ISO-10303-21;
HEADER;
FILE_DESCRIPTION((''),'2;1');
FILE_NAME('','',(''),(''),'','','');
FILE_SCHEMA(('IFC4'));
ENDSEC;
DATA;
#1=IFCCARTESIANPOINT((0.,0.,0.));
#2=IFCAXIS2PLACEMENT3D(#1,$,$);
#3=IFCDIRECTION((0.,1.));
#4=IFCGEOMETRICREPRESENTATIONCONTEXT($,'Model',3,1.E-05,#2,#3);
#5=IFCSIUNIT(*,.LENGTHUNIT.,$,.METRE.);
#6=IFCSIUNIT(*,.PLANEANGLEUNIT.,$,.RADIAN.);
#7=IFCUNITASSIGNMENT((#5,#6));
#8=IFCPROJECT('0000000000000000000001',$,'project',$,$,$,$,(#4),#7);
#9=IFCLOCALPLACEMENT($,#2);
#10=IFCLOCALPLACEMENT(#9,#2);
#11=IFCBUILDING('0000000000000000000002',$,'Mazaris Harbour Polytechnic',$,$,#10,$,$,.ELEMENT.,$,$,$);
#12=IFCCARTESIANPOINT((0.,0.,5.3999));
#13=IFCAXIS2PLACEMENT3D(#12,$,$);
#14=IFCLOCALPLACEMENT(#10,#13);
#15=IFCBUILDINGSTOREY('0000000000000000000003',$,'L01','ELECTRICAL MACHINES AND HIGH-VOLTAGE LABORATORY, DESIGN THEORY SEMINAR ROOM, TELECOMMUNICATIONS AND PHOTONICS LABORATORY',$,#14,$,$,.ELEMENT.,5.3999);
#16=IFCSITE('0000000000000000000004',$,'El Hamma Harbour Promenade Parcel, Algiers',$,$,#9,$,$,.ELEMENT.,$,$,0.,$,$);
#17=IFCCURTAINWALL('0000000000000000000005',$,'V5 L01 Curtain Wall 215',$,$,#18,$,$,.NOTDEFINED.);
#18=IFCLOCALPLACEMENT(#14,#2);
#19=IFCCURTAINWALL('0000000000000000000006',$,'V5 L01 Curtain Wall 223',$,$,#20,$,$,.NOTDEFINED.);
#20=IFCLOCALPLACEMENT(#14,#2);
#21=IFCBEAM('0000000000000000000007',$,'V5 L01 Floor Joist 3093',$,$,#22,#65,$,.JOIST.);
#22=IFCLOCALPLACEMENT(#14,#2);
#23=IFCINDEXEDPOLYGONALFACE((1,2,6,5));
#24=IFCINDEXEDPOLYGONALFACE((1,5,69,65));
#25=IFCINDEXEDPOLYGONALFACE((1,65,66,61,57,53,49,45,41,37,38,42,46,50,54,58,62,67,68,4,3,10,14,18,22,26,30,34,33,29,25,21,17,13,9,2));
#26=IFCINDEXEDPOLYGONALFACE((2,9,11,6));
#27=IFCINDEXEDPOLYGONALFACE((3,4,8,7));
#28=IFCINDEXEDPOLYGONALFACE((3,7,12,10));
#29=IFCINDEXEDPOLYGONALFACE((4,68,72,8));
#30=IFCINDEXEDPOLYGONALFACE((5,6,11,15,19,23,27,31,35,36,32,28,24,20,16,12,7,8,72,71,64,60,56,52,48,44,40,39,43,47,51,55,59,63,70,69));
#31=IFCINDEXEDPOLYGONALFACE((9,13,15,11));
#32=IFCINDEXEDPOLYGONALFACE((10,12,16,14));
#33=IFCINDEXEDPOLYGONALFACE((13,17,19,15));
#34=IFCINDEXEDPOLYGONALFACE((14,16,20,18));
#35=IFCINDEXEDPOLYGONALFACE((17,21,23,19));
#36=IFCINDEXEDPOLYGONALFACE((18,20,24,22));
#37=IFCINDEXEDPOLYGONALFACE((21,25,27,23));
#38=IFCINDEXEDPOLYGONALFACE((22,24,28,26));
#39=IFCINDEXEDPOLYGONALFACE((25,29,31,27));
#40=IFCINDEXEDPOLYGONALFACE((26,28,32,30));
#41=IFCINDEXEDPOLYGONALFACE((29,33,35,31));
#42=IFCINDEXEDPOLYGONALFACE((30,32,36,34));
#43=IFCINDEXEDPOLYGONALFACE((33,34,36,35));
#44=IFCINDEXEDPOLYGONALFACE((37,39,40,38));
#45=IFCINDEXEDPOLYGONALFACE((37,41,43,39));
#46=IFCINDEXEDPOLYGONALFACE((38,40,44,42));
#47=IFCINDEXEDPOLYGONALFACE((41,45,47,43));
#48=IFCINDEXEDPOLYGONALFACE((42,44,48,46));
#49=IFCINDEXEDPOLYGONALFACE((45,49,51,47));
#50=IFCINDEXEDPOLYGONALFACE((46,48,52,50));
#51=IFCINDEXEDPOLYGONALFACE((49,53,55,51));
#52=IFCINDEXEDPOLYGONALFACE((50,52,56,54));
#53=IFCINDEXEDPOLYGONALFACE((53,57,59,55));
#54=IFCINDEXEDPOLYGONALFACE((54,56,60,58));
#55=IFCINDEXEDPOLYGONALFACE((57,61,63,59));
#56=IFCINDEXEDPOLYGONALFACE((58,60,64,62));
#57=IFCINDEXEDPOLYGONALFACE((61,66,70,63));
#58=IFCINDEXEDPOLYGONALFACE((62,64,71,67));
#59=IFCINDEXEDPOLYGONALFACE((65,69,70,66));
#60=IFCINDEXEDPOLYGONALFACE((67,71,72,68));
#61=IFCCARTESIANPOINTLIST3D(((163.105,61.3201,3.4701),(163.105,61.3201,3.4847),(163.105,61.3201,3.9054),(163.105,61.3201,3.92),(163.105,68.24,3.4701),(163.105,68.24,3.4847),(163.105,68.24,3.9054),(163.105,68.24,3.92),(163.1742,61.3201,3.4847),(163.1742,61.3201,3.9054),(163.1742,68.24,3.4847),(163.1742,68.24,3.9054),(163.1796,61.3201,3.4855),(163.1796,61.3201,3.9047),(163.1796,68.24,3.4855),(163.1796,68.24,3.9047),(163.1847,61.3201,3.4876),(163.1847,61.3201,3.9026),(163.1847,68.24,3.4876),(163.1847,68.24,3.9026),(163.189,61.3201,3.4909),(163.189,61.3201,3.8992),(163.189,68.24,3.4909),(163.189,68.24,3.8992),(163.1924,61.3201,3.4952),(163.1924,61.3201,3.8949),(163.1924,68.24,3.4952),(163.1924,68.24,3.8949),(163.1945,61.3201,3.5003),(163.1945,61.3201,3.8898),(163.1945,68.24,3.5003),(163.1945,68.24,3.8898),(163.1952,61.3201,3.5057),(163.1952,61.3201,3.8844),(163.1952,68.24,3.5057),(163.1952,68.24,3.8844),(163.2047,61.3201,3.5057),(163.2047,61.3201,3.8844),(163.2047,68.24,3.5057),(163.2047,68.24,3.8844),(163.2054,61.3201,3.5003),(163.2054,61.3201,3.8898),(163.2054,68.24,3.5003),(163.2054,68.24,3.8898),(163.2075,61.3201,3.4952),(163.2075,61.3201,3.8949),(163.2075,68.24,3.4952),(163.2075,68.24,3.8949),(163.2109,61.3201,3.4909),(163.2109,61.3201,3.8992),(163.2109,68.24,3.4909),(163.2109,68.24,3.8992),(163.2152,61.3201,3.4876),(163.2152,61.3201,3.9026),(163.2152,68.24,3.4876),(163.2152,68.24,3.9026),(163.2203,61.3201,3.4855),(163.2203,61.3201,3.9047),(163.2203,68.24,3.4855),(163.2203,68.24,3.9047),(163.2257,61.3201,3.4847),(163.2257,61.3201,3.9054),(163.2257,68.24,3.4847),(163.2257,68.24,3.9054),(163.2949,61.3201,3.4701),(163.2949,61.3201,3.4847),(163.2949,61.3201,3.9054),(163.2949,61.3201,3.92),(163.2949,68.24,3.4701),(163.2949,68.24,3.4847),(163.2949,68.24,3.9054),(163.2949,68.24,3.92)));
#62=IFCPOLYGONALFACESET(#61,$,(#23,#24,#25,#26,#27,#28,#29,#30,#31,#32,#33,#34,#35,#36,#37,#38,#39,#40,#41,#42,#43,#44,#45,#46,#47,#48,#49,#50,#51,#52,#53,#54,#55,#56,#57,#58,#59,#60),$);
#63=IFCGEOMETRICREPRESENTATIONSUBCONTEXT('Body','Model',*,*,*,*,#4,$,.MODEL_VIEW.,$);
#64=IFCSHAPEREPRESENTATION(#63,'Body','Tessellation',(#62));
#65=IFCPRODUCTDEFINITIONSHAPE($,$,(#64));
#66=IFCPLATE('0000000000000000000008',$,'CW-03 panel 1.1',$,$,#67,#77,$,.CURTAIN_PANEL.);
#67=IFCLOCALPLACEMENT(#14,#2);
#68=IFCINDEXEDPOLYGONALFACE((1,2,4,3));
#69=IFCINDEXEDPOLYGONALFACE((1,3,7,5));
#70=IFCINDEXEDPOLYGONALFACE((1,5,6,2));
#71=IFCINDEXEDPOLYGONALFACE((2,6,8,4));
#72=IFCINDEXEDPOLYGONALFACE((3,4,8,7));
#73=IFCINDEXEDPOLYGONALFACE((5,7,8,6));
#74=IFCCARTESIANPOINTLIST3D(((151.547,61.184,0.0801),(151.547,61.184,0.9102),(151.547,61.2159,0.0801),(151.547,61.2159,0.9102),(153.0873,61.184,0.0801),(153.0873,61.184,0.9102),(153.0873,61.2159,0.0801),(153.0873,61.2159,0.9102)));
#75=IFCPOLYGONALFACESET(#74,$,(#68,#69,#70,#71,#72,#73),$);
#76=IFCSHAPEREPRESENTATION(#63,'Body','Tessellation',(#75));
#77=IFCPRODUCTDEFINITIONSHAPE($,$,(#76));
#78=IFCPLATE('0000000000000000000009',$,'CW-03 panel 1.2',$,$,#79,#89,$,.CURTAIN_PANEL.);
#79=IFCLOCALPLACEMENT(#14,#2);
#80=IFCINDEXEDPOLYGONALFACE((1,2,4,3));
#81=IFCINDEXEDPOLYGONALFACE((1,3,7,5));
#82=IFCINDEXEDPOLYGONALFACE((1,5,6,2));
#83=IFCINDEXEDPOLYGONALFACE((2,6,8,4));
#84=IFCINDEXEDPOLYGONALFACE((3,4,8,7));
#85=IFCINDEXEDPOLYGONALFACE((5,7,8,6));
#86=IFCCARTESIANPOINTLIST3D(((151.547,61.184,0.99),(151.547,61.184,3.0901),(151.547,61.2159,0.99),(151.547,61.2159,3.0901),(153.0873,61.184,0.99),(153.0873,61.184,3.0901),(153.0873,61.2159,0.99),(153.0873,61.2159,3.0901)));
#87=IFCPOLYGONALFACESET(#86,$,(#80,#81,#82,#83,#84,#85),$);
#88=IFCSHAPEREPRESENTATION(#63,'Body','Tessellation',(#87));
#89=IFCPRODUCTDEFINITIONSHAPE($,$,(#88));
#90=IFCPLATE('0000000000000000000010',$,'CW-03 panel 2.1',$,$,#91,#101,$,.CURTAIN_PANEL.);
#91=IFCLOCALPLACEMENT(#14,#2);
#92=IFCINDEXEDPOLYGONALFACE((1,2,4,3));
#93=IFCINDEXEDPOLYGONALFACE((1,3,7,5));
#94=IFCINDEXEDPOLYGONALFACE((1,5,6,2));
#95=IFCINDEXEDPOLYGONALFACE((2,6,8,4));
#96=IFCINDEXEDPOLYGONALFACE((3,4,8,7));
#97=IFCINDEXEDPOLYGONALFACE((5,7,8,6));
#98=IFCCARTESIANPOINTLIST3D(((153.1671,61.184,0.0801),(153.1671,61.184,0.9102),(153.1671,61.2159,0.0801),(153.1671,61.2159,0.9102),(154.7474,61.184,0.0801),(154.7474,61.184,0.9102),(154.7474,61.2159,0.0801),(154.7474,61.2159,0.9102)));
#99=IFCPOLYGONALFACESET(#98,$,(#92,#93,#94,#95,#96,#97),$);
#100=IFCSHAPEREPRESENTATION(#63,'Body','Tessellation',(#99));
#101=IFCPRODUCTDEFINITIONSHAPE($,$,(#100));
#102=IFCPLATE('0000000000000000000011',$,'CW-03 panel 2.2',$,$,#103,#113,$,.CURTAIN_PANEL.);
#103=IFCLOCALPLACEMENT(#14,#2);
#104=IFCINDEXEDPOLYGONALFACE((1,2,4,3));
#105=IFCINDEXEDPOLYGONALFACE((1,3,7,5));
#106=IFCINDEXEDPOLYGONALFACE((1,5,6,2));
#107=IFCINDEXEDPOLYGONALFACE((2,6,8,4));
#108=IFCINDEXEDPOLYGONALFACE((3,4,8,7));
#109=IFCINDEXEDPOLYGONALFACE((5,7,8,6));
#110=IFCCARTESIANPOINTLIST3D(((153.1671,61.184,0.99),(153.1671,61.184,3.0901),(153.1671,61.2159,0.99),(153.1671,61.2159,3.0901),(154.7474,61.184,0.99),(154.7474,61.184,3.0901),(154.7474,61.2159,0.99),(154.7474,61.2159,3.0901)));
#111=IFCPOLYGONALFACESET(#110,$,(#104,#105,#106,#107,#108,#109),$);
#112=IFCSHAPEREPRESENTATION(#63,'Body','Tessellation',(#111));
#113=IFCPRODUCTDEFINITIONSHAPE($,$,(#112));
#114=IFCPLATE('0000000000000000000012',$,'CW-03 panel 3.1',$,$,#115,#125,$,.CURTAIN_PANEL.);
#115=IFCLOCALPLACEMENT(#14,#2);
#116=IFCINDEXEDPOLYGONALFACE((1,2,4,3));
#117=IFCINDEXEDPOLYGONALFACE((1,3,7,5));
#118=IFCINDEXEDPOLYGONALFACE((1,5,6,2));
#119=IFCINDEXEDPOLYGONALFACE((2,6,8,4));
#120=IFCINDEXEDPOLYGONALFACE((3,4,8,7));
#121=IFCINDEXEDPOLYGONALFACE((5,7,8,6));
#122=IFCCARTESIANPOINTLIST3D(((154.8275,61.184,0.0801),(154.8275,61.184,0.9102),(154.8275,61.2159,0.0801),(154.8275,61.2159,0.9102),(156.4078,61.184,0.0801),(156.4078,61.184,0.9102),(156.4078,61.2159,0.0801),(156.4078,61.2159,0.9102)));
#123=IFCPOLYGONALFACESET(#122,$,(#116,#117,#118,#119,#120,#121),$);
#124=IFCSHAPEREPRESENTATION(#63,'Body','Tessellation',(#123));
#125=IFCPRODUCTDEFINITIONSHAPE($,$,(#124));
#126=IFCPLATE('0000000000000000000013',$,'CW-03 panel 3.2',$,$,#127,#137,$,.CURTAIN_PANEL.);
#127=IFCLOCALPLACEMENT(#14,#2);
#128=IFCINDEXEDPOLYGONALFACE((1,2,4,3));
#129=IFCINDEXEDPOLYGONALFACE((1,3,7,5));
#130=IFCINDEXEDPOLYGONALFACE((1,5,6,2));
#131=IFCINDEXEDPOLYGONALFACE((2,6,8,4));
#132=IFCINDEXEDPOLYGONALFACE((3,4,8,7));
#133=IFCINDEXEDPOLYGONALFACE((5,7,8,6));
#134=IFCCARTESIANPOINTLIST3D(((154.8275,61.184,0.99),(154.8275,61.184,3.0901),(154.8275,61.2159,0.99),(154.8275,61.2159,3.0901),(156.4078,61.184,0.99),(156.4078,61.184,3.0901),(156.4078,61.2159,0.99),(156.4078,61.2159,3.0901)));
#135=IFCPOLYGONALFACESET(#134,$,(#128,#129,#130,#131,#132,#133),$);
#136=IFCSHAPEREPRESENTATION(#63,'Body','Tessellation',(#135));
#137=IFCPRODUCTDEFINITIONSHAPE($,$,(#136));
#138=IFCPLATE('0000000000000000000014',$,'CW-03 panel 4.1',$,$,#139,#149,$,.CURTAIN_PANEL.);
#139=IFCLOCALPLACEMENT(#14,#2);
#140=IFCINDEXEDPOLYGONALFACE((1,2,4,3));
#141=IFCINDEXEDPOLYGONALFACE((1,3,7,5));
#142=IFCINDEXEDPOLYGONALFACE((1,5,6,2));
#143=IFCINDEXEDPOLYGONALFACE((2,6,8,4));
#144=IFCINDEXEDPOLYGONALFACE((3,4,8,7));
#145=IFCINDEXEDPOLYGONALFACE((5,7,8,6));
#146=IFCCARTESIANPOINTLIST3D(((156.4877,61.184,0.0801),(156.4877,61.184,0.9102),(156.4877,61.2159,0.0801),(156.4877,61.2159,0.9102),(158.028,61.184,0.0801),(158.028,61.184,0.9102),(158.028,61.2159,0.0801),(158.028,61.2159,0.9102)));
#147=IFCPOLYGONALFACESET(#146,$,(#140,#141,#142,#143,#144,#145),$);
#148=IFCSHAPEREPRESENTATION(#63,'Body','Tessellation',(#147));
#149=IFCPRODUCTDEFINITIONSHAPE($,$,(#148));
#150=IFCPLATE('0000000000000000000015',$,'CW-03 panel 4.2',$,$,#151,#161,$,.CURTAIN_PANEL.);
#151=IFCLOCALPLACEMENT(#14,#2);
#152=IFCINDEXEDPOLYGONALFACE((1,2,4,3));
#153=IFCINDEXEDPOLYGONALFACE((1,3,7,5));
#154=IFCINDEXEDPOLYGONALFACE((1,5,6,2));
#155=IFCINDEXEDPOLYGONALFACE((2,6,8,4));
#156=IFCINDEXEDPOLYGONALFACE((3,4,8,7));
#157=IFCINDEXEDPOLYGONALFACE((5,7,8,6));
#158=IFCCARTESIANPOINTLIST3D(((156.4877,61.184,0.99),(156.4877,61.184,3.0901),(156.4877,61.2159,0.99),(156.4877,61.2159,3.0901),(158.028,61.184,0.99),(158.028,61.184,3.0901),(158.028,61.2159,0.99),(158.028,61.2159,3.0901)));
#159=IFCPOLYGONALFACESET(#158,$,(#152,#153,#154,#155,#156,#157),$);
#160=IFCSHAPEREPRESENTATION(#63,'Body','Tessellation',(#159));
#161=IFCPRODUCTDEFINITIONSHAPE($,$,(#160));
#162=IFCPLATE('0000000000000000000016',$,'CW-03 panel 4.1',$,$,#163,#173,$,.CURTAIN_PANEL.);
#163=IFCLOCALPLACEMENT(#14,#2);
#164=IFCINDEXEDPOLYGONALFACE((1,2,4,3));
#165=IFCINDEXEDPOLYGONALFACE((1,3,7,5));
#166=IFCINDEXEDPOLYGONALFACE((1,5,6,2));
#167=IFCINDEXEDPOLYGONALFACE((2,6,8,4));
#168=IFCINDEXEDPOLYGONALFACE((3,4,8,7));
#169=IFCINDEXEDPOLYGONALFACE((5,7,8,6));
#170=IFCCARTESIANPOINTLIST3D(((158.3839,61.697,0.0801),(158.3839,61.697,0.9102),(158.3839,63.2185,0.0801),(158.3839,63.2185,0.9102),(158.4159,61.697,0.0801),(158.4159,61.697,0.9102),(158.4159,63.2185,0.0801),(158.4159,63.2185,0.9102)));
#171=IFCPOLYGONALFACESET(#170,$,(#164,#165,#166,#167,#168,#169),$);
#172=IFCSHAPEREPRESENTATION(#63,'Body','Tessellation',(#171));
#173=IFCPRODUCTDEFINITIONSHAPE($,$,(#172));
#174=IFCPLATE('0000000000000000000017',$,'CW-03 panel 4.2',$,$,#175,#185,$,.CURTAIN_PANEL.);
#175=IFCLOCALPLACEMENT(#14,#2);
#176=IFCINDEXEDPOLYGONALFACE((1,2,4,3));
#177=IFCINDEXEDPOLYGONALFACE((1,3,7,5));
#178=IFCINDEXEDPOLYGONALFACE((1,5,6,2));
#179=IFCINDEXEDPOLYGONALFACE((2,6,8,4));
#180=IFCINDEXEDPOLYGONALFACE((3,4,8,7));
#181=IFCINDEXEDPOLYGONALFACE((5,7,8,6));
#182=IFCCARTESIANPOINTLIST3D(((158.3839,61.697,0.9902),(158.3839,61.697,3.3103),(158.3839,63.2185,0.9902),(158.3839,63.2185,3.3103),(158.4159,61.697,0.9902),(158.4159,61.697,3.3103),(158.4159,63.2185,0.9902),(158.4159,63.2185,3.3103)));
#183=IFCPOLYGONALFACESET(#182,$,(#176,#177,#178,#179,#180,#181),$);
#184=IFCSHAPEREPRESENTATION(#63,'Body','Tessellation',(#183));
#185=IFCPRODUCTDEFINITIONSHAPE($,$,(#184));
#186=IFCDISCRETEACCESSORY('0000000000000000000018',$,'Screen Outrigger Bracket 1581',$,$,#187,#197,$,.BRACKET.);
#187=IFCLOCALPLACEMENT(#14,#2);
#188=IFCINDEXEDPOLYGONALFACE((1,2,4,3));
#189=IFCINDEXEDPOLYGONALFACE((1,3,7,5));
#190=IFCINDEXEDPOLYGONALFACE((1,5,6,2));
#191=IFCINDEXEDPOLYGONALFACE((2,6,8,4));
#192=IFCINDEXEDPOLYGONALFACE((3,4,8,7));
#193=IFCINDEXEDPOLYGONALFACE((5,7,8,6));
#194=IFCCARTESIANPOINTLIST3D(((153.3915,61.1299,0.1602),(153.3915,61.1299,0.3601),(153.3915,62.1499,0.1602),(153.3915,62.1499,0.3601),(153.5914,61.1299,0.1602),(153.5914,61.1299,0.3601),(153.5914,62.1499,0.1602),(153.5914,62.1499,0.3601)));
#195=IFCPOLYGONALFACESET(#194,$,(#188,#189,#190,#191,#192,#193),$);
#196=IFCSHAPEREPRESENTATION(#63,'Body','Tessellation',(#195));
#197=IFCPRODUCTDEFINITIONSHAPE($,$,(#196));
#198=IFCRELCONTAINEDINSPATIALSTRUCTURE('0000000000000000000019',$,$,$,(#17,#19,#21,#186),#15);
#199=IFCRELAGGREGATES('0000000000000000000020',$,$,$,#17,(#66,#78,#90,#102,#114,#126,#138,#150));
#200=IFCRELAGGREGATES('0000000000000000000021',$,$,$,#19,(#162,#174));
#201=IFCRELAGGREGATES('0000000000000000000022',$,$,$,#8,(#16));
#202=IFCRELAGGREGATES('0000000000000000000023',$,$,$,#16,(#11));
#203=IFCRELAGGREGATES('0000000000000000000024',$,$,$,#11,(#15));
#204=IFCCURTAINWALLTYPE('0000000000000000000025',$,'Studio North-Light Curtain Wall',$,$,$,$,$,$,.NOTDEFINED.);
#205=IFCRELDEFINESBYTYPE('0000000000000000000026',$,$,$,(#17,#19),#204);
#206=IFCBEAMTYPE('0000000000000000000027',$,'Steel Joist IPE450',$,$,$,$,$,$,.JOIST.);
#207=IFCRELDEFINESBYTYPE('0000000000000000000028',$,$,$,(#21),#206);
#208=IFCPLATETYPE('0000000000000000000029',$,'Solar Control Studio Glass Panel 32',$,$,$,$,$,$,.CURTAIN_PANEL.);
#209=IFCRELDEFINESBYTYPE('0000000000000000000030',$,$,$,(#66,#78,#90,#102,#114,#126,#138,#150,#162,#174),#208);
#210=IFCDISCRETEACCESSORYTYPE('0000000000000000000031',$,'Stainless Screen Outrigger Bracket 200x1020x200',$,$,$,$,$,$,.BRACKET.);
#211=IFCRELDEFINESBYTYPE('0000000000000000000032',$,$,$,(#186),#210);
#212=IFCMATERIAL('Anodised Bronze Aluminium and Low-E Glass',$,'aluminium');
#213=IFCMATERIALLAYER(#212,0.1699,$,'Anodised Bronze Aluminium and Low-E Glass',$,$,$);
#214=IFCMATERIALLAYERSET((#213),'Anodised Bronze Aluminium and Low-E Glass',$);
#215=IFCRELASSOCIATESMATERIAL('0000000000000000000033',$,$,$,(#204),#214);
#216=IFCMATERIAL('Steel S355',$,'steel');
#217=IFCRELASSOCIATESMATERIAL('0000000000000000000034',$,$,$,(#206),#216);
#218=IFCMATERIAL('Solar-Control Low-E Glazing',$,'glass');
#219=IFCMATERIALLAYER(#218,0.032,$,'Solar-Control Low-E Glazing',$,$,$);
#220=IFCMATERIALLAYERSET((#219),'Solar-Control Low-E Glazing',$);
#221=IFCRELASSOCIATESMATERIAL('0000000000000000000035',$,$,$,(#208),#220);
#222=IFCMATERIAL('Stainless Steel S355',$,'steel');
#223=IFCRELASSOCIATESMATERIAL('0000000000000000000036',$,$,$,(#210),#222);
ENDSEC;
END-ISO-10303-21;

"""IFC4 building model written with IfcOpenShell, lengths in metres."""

from ifc_helpers import new_model, si_unit, direction, frame, origin, origin_2d, place, context, subcontext, project, spatial, rectangle, i_section, extrude, material, layer, layer_set, material_profile, profile_set, type_object, element, aggregate, save


model = new_model("IFC4")

# Units and contexts
model_context = context("Model", 3, precision=1e-05, world=origin(), true_north=direction((0.0, 1.0)))
body_context = subcontext(model_context, "Body", "Model", "MODEL_VIEW")
ifc_project = project(units=[si_unit("LENGTHUNIT", "METRE"), si_unit("PLANEANGLEUNIT", "RADIAN")], contexts=[model_context])

# Site, building, storey
site_placement = place(None, origin())
site = spatial("IfcSite", under=ifc_project, at=site_placement, Name="El Hamma Harbour Promenade Parcel, Algiers", CompositionType="ELEMENT", RefElevation=0.0)
building_placement = place(site_placement, origin())
building = spatial("IfcBuilding", under=site, at=building_placement, Name="Mazaris Harbour Polytechnic", CompositionType="ELEMENT")
storey_placement = place(building_placement, frame((0.0, 0.0, 5.3999)))
storey = spatial("IfcBuildingStorey", under=building, at=storey_placement, Name="L01", Description="ELECTRICAL MACHINES AND HIGH-VOLTAGE LABORATORY, DESIGN THEORY SEMINAR ROOM, TELECOMMUNICATIONS AND PHOTONICS LABORATORY", CompositionType="ELEMENT", Elevation=5.3999)

# Curtain wall
ifc_material_1 = material(Name="Anodised Bronze Aluminium and Low-E Glass", Category="aluminium")
ifc_layer_1 = layer(ifc_material_1, 0.1699, Name="Anodised Bronze Aluminium and Low-E Glass")
ifc_layer_set_1 = layer_set([ifc_layer_1], Name="Anodised Bronze Aluminium and Low-E Glass")
curtain_wall_type = type_object("IfcCurtainWallType", Name="Studio North-Light Curtain Wall", PredefinedType="NOTDEFINED", material=ifc_layer_set_1)
curtain_wall_1_placement = place(storey_placement, origin())
curtain_wall_1 = element("IfcCurtainWall", 1, at=curtain_wall_1_placement, inside=storey, type_object=curtain_wall_type, Name="V5 L01 Curtain Wall 215", PredefinedType="NOTDEFINED")

# Curtain wall
curtain_wall_2_placement = place(storey_placement, origin())
curtain_wall_2 = element("IfcCurtainWall", 2, at=curtain_wall_2_placement, inside=storey, type_object=curtain_wall_type, Name="V5 L01 Curtain Wall 223", PredefinedType="NOTDEFINED")

# Beam
ifc_material_2 = material(Name="Steel S355", Category="steel")
ifc_material_profile_1 = material_profile(ifc_material_2, i_section(OverallWidth=0.1899, OverallDepth=0.45, WebThickness=0.0095, FlangeThickness=0.0146, FilletRadius=0.021, at=origin_2d()), Name="IPE 450")
ifc_profile_set_1 = profile_set([ifc_material_profile_1], Name="Steel S355")
beam_type_1 = type_object("IfcBeamType", Name="Steel Joist IPE450", PredefinedType="JOIST", material=ifc_profile_set_1)
beam_1_placement = place(storey_placement, frame((163.2, 61.3201, 3.6951), z_axis=(0.0, 1.0, 0.0), x_axis=(-1.0, 0.0, 0.0)))
element("IfcBeam", 3, at=beam_1_placement, inside=storey, type_object=beam_type_1, Name="V5 L01 Floor Joist 3093", PredefinedType="JOIST", context=body_context, shape_type="SweptSolid", body=[
    extrude(i_section(OverallWidth=0.1899, OverallDepth=0.45, WebThickness=0.0095, FlangeThickness=0.0146, FilletRadius=0.021, at=origin_2d()), origin(), (0.0, 0.0, 1.0), 6.9199),
])

# Plates
ifc_material_3 = material(Name="Solar-Control Low-E Glazing", Category="glass")
ifc_layer_2 = layer(ifc_material_3, 0.032, Name="Solar-Control Low-E Glazing")
ifc_layer_set_2 = layer_set([ifc_layer_2], Name="Solar-Control Low-E Glazing")
plate_type = type_object("IfcPlateType", Name="Solar Control Studio Glass Panel 32", PredefinedType="CURTAIN_PANEL", material=ifc_layer_set_2)
plate_1_placement = place(storey_placement, frame((152.3171, 61.2, 0.0801), z_axis=(0.0, 0.0, 1.0), x_axis=(1.0, 0.0, 0.0)))
plate_1 = element("IfcPlate", 4, at=plate_1_placement, type_object=plate_type, Name="CW-03 panel 1.1", PredefinedType="CURTAIN_PANEL", context=body_context, shape_type="SweptSolid", body=[
    extrude(rectangle(XDim=1.5403, YDim=0.032, at=origin_2d()), origin(), (0.0, 0.0, 1.0), 0.8301),
])
plate_2_placement = place(storey_placement, frame((152.3171, 61.2, 0.99), z_axis=(0.0, 0.0, 1.0), x_axis=(1.0, 0.0, 0.0)))
plate_2 = element("IfcPlate", 5, at=plate_2_placement, type_object=plate_type, Name="CW-03 panel 1.2", PredefinedType="CURTAIN_PANEL", context=body_context, shape_type="SweptSolid", body=[
    extrude(rectangle(XDim=1.5403, YDim=0.032, at=origin_2d()), origin(), (0.0, 0.0, 1.0), 2.1001),
])
plate_3_placement = place(storey_placement, frame((153.9573, 61.2, 0.0801), z_axis=(0.0, 0.0, 1.0), x_axis=(1.0, 0.0, 0.0)))
plate_3 = element("IfcPlate", 6, at=plate_3_placement, type_object=plate_type, Name="CW-03 panel 2.1", PredefinedType="CURTAIN_PANEL", context=body_context, shape_type="SweptSolid", body=[
    extrude(rectangle(XDim=1.5803, YDim=0.032, at=origin_2d()), origin(), (0.0, 0.0, 1.0), 0.8301),
])
plate_4_placement = place(storey_placement, frame((153.9573, 61.2, 0.99), z_axis=(0.0, 0.0, 1.0), x_axis=(1.0, 0.0, 0.0)))
plate_4 = element("IfcPlate", 7, at=plate_4_placement, type_object=plate_type, Name="CW-03 panel 2.2", PredefinedType="CURTAIN_PANEL", context=body_context, shape_type="SweptSolid", body=[
    extrude(rectangle(XDim=1.5803, YDim=0.032, at=origin_2d()), origin(), (0.0, 0.0, 1.0), 2.1001),
])
plate_5_placement = place(storey_placement, frame((155.6177, 61.2, 0.0801), z_axis=(0.0, 0.0, 1.0), x_axis=(1.0, 0.0, 0.0)))
plate_5 = element("IfcPlate", 8, at=plate_5_placement, type_object=plate_type, Name="CW-03 panel 3.1", PredefinedType="CURTAIN_PANEL", context=body_context, shape_type="SweptSolid", body=[
    extrude(rectangle(XDim=1.5803, YDim=0.032, at=origin_2d()), origin(), (0.0, 0.0, 1.0), 0.8301),
])
plate_6_placement = place(storey_placement, frame((155.6177, 61.2, 0.99), z_axis=(0.0, 0.0, 1.0), x_axis=(1.0, 0.0, 0.0)))
plate_6 = element("IfcPlate", 9, at=plate_6_placement, type_object=plate_type, Name="CW-03 panel 3.2", PredefinedType="CURTAIN_PANEL", context=body_context, shape_type="SweptSolid", body=[
    extrude(rectangle(XDim=1.5803, YDim=0.032, at=origin_2d()), origin(), (0.0, 0.0, 1.0), 2.1001),
])
plate_7_placement = place(storey_placement, frame((157.2578, 61.2, 0.0801), z_axis=(0.0, 0.0, 1.0), x_axis=(1.0, 0.0, 0.0)))
plate_7 = element("IfcPlate", 10, at=plate_7_placement, type_object=plate_type, Name="CW-03 panel 4.1", PredefinedType="CURTAIN_PANEL", context=body_context, shape_type="SweptSolid", body=[
    extrude(rectangle(XDim=1.5403, YDim=0.032, at=origin_2d()), origin(), (0.0, 0.0, 1.0), 0.8301),
])
plate_8_placement = place(storey_placement, frame((157.2578, 61.2, 0.99), z_axis=(0.0, 0.0, 1.0), x_axis=(1.0, 0.0, 0.0)))
plate_8 = element("IfcPlate", 11, at=plate_8_placement, type_object=plate_type, Name="CW-03 panel 4.2", PredefinedType="CURTAIN_PANEL", context=body_context, shape_type="SweptSolid", body=[
    extrude(rectangle(XDim=1.5403, YDim=0.032, at=origin_2d()), origin(), (0.0, 0.0, 1.0), 2.1001),
])
aggregate(curtain_wall_1, [plate_1, plate_2, plate_3, plate_4, plate_5, plate_6, plate_7, plate_8])
plate_9_placement = place(storey_placement, frame((158.3999, 62.4578, 0.0801), z_axis=(0.0, 0.0, 1.0), x_axis=(0.0, -1.0, 0.0)))
plate_9 = element("IfcPlate", 12, at=plate_9_placement, type_object=plate_type, Name="CW-03 panel 4.1", PredefinedType="CURTAIN_PANEL", context=body_context, shape_type="SweptSolid", body=[
    extrude(rectangle(XDim=1.5215, YDim=0.032, at=origin_2d()), origin(), (0.0, 0.0, 1.0), 0.8301),
])
plate_10_placement = place(storey_placement, frame((158.3999, 62.4578, 0.9902), z_axis=(0.0, 0.0, 1.0), x_axis=(0.0, -1.0, 0.0)))
plate_10 = element("IfcPlate", 13, at=plate_10_placement, type_object=plate_type, Name="CW-03 panel 4.2", PredefinedType="CURTAIN_PANEL", context=body_context, shape_type="SweptSolid", body=[
    extrude(rectangle(XDim=1.5215, YDim=0.032, at=origin_2d()), origin(), (0.0, 0.0, 1.0), 2.3201),
])
aggregate(curtain_wall_2, [plate_9, plate_10])

# Discrete accessory
ifc_material_4 = material(Name="Stainless Steel S355", Category="steel")
discrete_accessory_type = type_object("IfcDiscreteAccessoryType", Name="Stainless Screen Outrigger Bracket 200x1020x200", PredefinedType="BRACKET", material=ifc_material_4)
for number, where, z_axis, x_axis, name in (
    (14, (153.4915, 61.6399, 0.1602), (0.0, 0.0, 1.0), (1.0, 0.0, 0.0), "Screen Outrigger Bracket 1581"),
):
    element("IfcDiscreteAccessory", number, at=place(storey_placement, frame(where, z_axis=z_axis, x_axis=x_axis)), inside=storey, type_object=discrete_accessory_type, Name=name, PredefinedType="BRACKET", context=body_context, shape_type="SweptSolid", body=[
        extrude(rectangle(XDim=0.2, YDim=1.02, at=origin_2d()), origin(), (0.0, 0.0, 1.0), 0.2),
    ])

save(model, "model.ifc")
